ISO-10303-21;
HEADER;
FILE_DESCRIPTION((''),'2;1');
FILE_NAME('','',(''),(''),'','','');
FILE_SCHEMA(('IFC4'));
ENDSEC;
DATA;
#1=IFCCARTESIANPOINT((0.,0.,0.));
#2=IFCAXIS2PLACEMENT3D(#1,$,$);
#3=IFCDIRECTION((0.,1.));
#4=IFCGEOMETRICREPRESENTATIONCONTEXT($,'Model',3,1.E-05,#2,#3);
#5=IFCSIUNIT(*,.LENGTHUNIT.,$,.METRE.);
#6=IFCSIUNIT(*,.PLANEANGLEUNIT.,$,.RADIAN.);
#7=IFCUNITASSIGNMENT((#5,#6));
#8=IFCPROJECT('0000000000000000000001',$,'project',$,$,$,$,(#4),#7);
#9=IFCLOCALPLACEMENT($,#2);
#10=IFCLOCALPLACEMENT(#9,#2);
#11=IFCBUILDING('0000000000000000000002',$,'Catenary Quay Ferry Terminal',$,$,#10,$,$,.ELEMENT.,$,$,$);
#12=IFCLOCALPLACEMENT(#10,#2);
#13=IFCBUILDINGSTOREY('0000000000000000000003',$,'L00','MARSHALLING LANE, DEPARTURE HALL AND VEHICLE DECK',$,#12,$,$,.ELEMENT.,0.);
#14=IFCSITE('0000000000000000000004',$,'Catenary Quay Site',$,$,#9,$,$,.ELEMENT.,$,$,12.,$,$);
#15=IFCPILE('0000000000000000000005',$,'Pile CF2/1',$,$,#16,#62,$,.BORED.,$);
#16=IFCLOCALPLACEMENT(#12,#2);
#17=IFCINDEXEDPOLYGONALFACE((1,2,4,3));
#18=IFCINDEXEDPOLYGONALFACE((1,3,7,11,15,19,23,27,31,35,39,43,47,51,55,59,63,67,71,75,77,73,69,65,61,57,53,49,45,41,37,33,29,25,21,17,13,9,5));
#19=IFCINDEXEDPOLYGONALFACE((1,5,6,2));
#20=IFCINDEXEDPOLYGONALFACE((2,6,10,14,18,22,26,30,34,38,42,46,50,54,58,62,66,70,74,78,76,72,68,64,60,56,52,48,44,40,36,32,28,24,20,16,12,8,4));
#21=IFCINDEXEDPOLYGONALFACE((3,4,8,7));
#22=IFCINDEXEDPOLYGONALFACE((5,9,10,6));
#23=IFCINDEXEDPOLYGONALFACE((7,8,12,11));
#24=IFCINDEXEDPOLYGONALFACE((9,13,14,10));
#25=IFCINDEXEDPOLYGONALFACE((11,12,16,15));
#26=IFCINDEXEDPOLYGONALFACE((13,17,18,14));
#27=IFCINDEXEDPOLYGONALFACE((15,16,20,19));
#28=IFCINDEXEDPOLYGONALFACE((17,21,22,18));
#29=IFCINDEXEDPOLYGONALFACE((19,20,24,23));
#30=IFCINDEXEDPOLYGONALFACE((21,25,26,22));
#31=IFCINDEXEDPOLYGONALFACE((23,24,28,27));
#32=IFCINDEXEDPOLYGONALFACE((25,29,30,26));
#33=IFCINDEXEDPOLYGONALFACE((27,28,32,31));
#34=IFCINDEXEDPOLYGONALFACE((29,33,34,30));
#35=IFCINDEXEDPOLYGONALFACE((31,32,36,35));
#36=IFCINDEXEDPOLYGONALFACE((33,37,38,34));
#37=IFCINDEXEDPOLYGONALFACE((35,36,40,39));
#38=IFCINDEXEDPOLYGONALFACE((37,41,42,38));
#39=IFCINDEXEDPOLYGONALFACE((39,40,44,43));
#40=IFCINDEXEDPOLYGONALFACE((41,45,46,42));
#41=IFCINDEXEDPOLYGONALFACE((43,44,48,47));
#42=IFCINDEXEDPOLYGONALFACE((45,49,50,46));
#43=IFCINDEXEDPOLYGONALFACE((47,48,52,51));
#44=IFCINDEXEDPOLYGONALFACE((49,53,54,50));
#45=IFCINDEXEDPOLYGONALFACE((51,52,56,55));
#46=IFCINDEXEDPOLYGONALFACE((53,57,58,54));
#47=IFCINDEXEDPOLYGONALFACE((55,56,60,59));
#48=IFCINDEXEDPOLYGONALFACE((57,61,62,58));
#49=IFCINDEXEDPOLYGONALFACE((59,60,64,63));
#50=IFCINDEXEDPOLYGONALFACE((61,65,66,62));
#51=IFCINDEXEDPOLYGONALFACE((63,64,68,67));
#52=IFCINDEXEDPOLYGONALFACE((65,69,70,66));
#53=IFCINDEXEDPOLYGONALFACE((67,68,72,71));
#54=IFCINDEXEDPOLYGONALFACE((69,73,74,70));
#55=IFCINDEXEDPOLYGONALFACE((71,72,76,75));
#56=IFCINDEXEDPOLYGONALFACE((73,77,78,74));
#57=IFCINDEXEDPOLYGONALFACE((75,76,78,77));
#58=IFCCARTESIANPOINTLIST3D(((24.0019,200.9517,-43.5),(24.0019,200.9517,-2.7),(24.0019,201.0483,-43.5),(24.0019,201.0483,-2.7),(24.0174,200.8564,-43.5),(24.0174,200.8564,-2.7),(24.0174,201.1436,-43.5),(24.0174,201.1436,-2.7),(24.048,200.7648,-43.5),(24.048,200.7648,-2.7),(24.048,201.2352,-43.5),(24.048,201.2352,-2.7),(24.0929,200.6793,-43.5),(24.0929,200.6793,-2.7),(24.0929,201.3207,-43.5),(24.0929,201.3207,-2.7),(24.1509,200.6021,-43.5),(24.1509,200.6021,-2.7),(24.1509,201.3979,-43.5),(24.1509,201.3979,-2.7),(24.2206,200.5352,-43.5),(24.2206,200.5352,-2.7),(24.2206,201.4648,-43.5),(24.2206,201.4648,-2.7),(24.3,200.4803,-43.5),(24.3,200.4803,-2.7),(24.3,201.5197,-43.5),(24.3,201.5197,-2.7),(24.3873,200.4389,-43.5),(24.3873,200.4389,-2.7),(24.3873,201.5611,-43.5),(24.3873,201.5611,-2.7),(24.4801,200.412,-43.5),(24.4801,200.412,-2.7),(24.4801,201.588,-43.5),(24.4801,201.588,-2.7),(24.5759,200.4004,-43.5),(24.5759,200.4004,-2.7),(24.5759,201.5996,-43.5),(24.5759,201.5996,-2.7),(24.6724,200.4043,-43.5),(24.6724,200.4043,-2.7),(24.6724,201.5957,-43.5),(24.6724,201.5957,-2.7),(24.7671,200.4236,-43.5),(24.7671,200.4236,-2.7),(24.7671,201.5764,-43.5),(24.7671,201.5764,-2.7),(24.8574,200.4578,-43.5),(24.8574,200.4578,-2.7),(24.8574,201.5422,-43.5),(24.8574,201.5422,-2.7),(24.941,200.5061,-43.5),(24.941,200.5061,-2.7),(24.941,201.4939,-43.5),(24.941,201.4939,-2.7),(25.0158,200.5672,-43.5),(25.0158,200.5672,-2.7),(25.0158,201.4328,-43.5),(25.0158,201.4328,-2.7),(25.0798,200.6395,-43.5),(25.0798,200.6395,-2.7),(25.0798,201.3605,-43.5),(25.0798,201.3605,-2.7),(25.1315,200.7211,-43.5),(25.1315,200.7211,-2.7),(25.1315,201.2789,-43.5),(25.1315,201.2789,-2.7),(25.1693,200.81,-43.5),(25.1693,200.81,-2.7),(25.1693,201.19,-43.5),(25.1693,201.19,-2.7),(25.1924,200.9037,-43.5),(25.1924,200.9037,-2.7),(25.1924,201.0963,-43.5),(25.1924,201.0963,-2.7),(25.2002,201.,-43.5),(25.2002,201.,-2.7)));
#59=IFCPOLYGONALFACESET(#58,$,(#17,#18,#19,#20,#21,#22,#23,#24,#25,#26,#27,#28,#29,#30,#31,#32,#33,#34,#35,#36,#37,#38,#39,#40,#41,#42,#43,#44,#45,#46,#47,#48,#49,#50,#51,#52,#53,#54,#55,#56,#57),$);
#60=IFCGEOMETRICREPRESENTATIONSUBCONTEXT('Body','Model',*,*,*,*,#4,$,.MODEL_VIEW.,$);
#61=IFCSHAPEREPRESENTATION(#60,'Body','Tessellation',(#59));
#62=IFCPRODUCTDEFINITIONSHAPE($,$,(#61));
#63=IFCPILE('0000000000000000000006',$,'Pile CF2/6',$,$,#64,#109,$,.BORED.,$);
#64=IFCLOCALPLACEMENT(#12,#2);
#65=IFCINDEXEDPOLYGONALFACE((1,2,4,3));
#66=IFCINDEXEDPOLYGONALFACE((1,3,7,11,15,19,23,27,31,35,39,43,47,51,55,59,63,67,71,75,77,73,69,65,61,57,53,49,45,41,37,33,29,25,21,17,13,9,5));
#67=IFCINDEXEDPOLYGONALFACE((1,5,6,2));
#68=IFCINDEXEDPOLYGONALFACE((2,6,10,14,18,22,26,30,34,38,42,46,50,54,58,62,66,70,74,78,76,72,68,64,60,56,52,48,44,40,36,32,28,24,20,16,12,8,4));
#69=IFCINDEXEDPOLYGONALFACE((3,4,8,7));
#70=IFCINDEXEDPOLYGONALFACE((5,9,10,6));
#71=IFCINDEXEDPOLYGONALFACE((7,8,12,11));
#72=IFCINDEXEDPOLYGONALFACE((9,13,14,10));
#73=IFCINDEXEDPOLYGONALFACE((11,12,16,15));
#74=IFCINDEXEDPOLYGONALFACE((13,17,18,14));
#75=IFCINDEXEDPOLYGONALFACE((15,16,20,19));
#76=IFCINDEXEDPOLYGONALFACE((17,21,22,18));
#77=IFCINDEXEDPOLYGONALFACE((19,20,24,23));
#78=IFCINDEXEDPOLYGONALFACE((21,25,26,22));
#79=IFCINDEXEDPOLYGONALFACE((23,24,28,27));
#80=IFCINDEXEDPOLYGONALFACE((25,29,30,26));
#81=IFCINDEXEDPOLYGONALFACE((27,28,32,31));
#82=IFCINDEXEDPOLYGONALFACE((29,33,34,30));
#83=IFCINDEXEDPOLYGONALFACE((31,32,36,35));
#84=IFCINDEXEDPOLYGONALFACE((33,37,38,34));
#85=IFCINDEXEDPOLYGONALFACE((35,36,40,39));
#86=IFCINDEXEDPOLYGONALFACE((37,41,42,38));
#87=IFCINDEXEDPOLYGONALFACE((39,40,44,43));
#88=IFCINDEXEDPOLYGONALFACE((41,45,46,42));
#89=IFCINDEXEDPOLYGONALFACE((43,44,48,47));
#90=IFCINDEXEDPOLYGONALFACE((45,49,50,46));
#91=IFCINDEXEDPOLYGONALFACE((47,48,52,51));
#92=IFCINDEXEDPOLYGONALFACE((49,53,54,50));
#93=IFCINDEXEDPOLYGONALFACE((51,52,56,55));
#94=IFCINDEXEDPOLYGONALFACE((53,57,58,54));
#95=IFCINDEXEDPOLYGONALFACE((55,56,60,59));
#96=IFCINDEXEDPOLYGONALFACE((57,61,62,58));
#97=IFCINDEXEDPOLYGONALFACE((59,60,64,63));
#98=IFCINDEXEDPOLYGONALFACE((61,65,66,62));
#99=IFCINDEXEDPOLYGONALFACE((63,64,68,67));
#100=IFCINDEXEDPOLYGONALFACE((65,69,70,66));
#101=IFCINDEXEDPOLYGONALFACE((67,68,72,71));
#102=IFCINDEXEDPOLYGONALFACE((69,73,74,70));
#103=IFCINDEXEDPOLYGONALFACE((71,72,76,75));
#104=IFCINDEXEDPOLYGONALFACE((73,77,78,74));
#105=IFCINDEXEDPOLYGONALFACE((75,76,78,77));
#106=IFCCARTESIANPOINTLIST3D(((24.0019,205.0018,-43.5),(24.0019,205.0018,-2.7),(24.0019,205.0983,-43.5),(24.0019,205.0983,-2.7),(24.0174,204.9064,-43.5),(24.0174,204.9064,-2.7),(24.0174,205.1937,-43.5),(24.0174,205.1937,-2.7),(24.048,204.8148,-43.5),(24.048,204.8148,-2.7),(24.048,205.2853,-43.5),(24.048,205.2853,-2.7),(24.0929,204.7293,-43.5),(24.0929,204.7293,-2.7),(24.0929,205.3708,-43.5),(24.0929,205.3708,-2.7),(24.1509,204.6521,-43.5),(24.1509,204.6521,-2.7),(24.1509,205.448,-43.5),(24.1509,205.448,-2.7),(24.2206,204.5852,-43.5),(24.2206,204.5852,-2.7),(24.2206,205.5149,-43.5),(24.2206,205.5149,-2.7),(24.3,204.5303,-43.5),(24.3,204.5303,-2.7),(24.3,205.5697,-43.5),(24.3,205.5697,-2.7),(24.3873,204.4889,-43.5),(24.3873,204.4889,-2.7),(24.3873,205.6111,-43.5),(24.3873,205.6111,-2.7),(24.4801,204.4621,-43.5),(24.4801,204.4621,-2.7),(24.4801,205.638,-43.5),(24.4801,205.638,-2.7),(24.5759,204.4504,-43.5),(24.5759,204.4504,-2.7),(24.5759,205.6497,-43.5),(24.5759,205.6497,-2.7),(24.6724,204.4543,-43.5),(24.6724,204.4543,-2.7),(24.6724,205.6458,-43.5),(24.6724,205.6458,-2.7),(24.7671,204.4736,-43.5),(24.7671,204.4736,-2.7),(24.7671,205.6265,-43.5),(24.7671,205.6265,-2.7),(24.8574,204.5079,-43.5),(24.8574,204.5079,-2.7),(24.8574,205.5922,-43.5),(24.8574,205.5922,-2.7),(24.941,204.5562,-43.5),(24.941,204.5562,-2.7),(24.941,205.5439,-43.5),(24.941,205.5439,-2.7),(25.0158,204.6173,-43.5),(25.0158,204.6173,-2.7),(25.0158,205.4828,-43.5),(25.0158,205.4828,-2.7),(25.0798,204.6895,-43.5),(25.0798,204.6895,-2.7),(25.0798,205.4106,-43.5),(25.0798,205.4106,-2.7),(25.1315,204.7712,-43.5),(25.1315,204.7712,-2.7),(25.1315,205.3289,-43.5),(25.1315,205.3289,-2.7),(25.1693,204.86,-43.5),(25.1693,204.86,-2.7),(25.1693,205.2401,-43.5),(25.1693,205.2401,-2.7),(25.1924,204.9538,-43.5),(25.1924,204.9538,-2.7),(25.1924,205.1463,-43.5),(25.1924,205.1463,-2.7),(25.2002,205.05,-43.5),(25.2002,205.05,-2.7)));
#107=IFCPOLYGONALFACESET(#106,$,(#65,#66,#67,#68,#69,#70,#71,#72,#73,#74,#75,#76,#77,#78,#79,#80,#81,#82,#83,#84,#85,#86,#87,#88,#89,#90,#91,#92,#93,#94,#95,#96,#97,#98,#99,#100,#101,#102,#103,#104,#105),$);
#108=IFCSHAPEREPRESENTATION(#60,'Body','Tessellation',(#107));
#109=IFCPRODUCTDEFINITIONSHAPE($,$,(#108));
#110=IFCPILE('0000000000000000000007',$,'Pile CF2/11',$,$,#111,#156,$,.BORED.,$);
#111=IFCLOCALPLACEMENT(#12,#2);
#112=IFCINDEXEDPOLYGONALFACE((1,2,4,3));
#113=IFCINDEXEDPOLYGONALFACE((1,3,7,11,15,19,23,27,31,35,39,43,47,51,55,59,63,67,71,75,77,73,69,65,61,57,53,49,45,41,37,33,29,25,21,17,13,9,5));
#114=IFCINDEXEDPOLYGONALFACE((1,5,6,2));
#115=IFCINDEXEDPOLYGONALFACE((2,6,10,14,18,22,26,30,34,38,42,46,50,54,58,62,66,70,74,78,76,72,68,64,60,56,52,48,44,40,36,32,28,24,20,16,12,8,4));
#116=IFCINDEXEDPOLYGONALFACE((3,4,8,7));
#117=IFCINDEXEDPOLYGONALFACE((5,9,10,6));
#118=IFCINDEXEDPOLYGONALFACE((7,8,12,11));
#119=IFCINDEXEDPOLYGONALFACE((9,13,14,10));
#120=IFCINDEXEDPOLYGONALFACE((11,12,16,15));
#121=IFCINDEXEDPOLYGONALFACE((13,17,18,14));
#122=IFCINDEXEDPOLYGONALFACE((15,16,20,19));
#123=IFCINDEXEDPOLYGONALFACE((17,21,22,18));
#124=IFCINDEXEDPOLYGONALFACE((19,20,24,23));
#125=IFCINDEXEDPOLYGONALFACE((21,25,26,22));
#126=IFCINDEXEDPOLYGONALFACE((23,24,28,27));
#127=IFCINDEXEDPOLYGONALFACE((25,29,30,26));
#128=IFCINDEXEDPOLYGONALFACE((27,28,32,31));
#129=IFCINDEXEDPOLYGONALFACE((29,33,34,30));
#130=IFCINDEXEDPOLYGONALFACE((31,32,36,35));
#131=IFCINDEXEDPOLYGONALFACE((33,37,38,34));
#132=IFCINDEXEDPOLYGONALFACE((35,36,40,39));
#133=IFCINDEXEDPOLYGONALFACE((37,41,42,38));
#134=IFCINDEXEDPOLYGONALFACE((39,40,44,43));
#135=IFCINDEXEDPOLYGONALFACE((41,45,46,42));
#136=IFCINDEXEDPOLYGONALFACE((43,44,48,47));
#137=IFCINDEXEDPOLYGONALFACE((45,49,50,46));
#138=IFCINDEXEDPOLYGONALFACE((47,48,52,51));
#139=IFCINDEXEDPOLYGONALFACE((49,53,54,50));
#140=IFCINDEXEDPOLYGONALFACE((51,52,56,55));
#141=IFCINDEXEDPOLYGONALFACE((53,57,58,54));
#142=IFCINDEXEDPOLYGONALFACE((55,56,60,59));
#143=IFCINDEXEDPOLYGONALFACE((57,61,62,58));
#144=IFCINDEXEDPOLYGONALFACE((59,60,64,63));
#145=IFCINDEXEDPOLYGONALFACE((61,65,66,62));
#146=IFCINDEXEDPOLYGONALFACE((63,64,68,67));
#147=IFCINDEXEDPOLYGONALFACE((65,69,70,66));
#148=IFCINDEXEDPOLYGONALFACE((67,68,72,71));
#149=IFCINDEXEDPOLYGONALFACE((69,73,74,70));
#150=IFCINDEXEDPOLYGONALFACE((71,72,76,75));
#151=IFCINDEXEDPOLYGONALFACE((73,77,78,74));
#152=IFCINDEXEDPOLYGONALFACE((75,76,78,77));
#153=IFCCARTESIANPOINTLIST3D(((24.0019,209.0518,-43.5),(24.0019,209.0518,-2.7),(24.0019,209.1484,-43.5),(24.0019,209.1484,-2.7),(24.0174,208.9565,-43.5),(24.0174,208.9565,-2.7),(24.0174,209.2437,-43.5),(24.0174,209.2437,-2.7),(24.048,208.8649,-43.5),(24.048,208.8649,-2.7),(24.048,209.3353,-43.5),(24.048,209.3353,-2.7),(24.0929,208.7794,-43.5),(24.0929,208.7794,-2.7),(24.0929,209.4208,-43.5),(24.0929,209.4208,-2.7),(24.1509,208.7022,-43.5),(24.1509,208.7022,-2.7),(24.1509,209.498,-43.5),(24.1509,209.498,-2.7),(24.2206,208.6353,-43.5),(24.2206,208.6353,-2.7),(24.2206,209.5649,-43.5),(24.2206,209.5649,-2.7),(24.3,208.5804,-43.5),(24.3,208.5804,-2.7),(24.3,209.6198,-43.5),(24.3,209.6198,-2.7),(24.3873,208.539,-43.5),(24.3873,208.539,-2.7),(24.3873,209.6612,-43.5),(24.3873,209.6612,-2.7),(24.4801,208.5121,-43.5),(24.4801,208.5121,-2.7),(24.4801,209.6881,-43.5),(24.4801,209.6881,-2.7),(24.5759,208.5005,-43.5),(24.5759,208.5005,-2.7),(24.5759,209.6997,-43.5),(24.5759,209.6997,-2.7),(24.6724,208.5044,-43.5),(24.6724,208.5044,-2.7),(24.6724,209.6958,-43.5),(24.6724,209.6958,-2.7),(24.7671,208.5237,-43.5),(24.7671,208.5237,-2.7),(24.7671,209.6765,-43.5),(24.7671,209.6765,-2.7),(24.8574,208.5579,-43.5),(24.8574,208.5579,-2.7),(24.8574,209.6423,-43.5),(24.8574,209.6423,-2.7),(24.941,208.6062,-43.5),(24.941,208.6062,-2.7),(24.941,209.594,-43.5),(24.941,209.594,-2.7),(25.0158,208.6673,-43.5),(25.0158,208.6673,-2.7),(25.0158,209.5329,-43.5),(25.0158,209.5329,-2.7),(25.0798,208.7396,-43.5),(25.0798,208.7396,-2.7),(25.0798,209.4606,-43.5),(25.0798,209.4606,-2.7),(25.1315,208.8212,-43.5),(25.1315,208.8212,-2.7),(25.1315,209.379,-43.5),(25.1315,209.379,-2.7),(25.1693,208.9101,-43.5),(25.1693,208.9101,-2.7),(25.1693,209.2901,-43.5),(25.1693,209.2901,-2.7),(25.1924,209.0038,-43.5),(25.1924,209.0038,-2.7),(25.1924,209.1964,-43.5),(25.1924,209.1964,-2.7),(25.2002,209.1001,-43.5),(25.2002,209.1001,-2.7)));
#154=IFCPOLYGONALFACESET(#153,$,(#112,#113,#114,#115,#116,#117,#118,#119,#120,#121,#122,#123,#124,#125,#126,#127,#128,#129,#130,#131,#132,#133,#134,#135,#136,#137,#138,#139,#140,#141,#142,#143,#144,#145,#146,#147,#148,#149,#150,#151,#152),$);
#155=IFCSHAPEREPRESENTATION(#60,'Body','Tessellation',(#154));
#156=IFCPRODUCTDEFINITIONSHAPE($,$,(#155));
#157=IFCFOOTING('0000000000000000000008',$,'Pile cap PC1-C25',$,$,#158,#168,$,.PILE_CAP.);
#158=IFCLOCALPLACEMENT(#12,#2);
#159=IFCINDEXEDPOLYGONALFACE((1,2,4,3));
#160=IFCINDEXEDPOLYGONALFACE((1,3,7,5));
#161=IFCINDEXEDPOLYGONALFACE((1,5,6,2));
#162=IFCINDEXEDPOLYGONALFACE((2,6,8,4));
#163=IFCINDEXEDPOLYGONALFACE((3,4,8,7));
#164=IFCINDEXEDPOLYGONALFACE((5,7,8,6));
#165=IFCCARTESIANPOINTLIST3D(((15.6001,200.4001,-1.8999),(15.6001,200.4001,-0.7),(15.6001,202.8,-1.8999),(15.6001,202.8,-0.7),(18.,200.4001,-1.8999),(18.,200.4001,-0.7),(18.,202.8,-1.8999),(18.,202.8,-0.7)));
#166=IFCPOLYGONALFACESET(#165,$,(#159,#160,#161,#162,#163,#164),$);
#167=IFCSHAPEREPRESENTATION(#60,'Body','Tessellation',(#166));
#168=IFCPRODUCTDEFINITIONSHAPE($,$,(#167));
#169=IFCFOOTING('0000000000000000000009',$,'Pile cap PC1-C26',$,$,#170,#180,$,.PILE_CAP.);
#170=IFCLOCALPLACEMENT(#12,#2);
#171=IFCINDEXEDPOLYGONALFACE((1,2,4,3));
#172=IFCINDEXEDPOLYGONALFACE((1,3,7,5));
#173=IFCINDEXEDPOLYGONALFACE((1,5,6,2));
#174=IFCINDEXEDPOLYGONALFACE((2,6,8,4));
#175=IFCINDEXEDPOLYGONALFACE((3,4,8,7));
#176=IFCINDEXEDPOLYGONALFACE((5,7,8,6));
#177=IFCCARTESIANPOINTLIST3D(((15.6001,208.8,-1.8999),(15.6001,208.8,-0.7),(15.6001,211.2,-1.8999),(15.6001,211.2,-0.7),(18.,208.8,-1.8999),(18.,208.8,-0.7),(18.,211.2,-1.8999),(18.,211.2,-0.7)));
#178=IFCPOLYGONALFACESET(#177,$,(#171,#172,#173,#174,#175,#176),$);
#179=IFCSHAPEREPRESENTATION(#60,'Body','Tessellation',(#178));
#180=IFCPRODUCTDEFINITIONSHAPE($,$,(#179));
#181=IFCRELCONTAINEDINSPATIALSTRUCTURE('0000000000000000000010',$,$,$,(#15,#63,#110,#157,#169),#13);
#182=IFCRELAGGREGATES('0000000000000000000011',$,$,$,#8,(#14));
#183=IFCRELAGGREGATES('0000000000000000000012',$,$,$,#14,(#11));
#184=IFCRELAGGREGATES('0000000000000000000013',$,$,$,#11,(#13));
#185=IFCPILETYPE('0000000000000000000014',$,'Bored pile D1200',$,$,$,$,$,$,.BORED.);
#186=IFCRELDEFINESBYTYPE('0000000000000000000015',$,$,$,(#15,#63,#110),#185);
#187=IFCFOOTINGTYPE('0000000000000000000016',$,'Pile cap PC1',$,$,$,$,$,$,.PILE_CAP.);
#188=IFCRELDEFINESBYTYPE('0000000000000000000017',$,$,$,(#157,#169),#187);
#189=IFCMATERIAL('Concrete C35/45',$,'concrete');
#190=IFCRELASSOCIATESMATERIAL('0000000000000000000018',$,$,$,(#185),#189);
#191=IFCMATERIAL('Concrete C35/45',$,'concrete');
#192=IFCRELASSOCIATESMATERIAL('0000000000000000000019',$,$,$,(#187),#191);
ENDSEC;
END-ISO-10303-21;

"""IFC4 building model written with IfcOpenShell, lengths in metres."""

from ifc_helpers import new_model, si_unit, direction, frame, origin, origin_2d, place, context, subcontext, project, spatial, rectangle, circle, extrude, material, material_profile, profile_set, type_object, element, save


model = new_model("IFC4")

# Units and contexts
model_context = context("Model", 3, precision=1e-05, world=origin(), true_north=direction((0.0, 1.0)))
body_context = subcontext(model_context, "Body", "Model", "MODEL_VIEW")
ifc_project = project(units=[si_unit("LENGTHUNIT", "METRE"), si_unit("PLANEANGLEUNIT", "RADIAN")], contexts=[model_context])

# Site, building, storey
site_placement = place(None, origin())
site = spatial("IfcSite", under=ifc_project, at=site_placement, Name="Catenary Quay Site", CompositionType="ELEMENT", RefElevation=12.0)
building_placement = place(site_placement, origin())
building = spatial("IfcBuilding", under=site, at=building_placement, Name="Catenary Quay Ferry Terminal", CompositionType="ELEMENT")
storey_placement = place(building_placement, origin())
storey = spatial("IfcBuildingStorey", under=building, at=storey_placement, Name="L00", Description="MARSHALLING LANE, DEPARTURE HALL AND VEHICLE DECK", CompositionType="ELEMENT", Elevation=0.0)

# Piles
ifc_material_1 = material(Name="Concrete C35/45", Category="concrete")
ifc_material_profile_1 = material_profile(ifc_material_1, circle(Radius=0.6001, at=origin_2d()), Name="D1200")
ifc_profile_set_1 = profile_set([ifc_material_profile_1], Name="Concrete C35/45")
pile_type = type_object("IfcPileType", Name="Bored pile D1200", PredefinedType="BORED", material=ifc_profile_set_1)
for number, where, z_axis, x_axis, name in (
    (1, (24.6001, 201.0, -2.7), (0.0, 0.0, -1.0), (1.0, 0.0, 0.0), "Pile CF2/1"),
    (2, (24.6001, 205.05, -2.7), (0.0, 0.0, -1.0), (1.0, 0.0, 0.0), "Pile CF2/6"),
    (3, (24.6001, 209.1001, -2.7), (0.0, 0.0, -1.0), (1.0, 0.0, 0.0), "Pile CF2/11"),
):
    element("IfcPile", number, at=place(storey_placement, frame(where, z_axis=z_axis, x_axis=x_axis)), inside=storey, type_object=pile_type, Name=name, PredefinedType="BORED", context=body_context, shape_type="SweptSolid", body=[
        extrude(circle(Radius=0.6001, at=origin_2d()), origin(), (0.0, 0.0, 1.0), 40.8),
    ])

# Footings
ifc_material_2 = material(Name="Concrete C35/45", Category="concrete")
footing_type = type_object("IfcFootingType", Name="Pile cap PC1", PredefinedType="PILE_CAP", material=ifc_material_2)
for number, where, z_axis, x_axis, name in (
    (4, (16.8, 201.6001, -1.8999), (0.0, 0.0, 1.0), (1.0, 0.0, 0.0), "Pile cap PC1-C25"),
    (5, (16.8, 210.0, -1.8999), (0.0, 0.0, 1.0), (1.0, 0.0, 0.0), "Pile cap PC1-C26"),
):
    element("IfcFooting", number, at=place(storey_placement, frame(where, z_axis=z_axis, x_axis=x_axis)), inside=storey, type_object=footing_type, Name=name, PredefinedType="PILE_CAP", context=body_context, shape_type="SweptSolid", body=[
        extrude(rectangle(XDim=2.3999, YDim=2.3999, at=origin_2d()), origin(), (0.0, 0.0, 1.0), 1.2),
    ])

save(model, "model.ifc")
